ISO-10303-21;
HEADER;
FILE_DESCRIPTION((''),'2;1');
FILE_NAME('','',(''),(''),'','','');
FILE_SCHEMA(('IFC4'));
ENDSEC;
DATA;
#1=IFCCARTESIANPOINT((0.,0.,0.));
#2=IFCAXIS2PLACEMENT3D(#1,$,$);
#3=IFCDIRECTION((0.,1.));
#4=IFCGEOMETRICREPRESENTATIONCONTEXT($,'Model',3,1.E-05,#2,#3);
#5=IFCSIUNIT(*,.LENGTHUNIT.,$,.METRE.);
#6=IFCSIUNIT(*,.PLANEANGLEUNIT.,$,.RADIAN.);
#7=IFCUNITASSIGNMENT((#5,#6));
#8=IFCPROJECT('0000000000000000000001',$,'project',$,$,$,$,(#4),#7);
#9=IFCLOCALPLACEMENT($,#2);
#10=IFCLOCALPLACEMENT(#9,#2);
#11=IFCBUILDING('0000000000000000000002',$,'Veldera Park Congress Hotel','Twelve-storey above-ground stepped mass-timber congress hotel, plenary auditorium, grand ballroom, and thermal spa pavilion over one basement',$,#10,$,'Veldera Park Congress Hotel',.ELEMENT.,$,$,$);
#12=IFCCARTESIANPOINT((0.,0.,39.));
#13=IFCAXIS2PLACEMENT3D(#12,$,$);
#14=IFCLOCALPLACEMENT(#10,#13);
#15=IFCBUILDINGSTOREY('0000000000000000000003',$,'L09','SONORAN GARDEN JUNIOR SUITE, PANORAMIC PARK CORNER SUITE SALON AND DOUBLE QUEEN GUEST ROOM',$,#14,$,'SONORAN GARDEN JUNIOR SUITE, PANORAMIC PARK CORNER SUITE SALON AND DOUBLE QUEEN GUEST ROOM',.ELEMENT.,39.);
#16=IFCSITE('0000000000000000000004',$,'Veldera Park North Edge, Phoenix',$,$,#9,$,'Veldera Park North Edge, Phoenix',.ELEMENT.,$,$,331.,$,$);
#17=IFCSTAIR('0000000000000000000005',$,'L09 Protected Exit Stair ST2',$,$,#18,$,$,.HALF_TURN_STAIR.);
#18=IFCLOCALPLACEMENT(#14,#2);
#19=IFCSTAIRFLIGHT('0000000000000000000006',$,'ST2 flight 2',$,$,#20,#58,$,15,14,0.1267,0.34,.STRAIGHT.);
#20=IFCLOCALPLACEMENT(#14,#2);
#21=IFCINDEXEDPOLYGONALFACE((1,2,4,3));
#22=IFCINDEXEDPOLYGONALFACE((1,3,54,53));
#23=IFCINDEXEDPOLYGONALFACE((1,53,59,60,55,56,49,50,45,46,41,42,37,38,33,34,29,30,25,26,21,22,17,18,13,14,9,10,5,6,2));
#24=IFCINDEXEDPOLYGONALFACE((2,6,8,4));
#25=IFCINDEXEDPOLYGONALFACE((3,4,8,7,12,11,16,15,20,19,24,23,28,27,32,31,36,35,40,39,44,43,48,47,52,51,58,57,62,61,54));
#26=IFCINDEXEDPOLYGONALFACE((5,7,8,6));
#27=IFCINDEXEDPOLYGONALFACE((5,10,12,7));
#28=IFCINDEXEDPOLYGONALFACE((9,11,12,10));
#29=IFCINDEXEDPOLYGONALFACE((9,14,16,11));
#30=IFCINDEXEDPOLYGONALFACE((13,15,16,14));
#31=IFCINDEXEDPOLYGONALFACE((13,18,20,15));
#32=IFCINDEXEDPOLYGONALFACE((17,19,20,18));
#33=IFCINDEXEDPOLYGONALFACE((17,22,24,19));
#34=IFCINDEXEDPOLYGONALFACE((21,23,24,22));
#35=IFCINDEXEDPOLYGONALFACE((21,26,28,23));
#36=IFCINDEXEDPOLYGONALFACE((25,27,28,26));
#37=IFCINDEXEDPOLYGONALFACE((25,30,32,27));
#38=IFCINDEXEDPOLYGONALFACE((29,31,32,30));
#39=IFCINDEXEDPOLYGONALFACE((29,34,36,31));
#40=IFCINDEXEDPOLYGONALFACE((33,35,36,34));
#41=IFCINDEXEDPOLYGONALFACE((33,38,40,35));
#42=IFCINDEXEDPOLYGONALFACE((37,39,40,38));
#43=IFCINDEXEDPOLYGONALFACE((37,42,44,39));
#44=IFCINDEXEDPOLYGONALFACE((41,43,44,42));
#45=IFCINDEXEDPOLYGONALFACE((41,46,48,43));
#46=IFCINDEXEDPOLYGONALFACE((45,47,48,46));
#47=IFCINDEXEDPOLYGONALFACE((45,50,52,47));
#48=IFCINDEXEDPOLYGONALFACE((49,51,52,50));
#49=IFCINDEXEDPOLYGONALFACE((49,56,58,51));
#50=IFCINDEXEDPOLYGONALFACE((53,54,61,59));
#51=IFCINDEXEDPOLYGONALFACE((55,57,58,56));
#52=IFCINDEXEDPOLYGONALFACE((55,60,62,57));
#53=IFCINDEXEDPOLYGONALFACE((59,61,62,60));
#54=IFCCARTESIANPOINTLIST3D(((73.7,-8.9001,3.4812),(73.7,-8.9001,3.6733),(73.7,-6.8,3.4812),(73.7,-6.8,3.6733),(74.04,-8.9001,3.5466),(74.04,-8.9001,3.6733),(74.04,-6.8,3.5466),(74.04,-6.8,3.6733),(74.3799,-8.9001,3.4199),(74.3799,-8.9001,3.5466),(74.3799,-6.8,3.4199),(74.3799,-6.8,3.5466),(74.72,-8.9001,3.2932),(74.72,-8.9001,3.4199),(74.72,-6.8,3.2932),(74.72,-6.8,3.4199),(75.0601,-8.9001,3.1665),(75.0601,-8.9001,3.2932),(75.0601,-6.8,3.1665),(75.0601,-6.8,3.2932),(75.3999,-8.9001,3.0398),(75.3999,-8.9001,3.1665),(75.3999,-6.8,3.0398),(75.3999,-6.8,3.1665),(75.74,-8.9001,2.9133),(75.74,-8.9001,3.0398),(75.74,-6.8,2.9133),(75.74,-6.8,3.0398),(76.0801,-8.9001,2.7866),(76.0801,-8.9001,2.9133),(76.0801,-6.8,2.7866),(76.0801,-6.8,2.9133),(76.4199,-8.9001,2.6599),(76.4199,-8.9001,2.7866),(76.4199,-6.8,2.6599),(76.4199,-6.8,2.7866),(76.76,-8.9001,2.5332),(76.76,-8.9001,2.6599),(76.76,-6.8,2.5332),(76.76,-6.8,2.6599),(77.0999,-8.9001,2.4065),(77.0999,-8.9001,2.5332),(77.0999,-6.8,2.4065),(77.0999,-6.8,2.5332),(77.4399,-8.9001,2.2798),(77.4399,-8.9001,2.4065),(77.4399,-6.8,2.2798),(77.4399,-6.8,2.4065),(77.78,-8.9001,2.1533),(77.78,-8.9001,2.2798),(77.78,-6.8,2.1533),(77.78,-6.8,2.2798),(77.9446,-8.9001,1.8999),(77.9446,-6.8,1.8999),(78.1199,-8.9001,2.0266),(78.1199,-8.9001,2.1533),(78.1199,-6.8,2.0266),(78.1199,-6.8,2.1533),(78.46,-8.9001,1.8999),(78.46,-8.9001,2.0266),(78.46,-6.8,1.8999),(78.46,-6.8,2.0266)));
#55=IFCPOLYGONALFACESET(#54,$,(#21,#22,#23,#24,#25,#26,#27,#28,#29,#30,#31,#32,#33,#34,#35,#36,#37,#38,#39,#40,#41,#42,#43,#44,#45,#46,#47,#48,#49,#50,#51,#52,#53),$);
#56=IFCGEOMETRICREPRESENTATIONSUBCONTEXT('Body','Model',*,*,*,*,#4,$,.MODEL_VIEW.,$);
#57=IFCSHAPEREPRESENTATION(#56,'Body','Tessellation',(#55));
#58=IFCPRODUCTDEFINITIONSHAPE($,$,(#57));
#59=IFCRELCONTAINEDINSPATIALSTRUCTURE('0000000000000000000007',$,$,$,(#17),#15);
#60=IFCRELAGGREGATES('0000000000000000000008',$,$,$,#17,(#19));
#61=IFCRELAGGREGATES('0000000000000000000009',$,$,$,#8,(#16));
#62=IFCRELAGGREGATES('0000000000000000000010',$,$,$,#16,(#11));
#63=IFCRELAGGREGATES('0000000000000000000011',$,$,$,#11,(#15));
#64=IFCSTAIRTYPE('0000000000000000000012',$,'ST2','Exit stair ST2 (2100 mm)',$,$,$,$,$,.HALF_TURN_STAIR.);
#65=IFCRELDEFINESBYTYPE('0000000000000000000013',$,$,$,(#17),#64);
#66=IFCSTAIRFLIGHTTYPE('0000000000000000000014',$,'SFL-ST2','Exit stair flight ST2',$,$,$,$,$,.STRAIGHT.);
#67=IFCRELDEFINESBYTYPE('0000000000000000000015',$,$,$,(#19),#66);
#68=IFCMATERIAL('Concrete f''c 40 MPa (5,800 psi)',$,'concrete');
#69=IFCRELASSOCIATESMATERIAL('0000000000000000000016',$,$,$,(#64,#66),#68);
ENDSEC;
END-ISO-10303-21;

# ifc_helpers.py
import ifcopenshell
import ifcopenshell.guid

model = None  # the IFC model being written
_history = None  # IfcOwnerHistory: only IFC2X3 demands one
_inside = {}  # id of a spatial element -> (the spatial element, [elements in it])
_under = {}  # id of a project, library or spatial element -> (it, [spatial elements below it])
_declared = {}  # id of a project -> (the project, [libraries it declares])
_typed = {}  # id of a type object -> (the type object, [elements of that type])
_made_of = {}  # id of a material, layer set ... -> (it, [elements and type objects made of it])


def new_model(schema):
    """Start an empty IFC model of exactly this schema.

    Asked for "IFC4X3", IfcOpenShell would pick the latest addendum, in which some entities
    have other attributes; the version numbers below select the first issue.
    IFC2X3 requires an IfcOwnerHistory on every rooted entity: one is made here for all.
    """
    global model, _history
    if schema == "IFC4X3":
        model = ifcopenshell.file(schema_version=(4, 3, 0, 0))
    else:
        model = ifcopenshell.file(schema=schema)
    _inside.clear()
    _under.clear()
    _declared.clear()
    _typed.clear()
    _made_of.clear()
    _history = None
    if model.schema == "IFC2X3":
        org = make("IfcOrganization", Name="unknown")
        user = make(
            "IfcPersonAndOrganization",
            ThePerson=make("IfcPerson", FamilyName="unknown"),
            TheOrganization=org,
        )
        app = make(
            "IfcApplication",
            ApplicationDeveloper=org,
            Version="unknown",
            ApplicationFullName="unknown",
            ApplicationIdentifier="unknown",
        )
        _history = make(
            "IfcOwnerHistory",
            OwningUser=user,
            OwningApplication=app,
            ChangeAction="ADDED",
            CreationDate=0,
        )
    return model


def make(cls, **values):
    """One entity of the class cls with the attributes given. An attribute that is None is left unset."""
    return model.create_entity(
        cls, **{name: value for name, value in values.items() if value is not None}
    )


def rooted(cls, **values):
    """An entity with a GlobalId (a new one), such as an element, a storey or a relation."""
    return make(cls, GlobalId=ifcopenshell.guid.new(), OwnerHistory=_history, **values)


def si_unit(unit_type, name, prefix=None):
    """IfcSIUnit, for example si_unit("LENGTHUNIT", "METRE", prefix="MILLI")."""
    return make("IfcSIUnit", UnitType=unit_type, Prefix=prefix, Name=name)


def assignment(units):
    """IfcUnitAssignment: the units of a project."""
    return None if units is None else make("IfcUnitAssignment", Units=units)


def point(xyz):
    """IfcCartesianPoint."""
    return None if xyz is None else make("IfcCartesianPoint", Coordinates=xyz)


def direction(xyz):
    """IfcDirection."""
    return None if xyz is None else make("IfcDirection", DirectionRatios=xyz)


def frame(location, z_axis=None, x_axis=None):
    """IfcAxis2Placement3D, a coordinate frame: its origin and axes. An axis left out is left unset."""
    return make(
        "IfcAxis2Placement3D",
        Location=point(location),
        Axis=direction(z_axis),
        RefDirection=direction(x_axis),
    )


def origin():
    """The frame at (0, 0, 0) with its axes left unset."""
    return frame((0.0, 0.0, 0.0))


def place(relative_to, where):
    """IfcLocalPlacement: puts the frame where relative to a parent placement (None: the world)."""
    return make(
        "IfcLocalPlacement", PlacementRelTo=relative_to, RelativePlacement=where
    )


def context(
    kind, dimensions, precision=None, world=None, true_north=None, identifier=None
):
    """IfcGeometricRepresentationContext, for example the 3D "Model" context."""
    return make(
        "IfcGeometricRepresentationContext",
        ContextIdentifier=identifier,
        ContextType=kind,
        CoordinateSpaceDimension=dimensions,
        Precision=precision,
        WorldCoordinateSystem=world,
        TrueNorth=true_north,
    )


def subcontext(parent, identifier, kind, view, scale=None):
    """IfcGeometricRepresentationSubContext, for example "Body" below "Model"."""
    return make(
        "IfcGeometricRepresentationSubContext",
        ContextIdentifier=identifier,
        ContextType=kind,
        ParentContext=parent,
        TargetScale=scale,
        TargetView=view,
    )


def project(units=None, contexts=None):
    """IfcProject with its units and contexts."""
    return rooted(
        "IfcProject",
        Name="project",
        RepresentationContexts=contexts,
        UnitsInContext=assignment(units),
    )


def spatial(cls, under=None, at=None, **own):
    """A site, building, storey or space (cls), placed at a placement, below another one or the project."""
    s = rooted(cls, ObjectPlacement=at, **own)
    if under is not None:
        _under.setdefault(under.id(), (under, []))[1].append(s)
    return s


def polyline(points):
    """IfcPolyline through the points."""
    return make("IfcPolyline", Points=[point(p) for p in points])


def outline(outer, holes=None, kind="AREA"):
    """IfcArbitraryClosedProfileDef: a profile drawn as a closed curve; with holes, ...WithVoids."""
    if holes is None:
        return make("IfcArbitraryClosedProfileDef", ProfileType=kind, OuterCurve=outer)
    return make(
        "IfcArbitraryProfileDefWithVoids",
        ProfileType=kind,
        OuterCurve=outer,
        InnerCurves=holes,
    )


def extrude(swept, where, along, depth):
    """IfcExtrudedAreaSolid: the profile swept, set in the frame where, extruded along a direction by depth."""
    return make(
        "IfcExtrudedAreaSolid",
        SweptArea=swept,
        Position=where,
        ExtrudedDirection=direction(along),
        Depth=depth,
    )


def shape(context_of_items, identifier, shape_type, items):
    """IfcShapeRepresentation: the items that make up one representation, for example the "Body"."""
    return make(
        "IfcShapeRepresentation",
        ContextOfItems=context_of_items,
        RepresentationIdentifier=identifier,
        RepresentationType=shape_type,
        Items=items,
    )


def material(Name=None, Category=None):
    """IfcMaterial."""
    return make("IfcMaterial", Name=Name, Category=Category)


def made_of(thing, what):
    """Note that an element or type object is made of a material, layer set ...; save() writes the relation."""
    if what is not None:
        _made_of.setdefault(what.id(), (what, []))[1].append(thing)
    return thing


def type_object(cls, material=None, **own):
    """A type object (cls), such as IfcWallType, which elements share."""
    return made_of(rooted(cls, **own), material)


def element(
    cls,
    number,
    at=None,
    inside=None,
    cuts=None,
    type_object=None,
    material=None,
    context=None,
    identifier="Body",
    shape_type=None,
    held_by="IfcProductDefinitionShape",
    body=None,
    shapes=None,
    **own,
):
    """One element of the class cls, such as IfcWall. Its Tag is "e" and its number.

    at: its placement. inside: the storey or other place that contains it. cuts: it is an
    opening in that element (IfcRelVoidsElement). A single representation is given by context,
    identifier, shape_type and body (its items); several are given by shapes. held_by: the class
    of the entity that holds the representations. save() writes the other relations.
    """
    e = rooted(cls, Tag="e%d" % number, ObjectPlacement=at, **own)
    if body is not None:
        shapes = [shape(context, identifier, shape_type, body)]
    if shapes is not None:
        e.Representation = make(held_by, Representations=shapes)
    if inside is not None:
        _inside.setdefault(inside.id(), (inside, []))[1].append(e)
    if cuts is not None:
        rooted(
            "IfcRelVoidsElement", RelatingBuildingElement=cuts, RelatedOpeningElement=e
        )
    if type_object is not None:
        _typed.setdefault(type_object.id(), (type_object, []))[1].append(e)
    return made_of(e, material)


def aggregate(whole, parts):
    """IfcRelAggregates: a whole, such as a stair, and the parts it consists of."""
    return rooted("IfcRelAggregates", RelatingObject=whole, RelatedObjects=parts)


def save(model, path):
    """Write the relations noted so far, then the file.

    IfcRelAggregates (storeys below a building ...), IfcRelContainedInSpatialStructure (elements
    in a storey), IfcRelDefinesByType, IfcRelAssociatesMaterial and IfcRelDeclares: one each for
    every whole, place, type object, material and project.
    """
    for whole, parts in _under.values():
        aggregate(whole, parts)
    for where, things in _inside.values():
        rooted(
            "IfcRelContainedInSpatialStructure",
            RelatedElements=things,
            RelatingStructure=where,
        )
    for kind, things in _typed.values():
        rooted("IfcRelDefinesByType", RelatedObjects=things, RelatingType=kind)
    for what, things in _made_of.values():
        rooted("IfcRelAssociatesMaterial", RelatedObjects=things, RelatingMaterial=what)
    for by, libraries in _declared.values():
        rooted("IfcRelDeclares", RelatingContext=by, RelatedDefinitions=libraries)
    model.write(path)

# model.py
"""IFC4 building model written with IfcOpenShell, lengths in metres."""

from ifc_helpers import new_model, si_unit, direction, frame, origin, place, context, subcontext, project, spatial, polyline, outline, extrude, material, type_object, element, aggregate, save


model = new_model("IFC4")

# Units and contexts
model_context = context("Model", 3, precision=1e-05, world=origin(), true_north=direction((0.0, 1.0)))
body_context = subcontext(model_context, "Body", "Model", "MODEL_VIEW")
ifc_project = project(units=[si_unit("LENGTHUNIT", "METRE"), si_unit("PLANEANGLEUNIT", "RADIAN")], contexts=[model_context])

# Site, building, storey
site_placement = place(None, origin())
site = spatial("IfcSite", under=ifc_project, at=site_placement, Name="Veldera Park North Edge, Phoenix", LongName="Veldera Park North Edge, Phoenix", CompositionType="ELEMENT", RefElevation=331.0)
building_placement = place(site_placement, origin())
building = spatial("IfcBuilding", under=site, at=building_placement, Name="Veldera Park Congress Hotel", Description="Twelve-storey above-ground stepped mass-timber congress hotel, plenary auditorium, grand ballroom, and thermal spa pavilion over one basement", LongName="Veldera Park Congress Hotel", CompositionType="ELEMENT")
storey_placement = place(building_placement, frame((0.0, 0.0, 39.0)))
storey = spatial("IfcBuildingStorey", under=building, at=storey_placement, Name="L09", Description="SONORAN GARDEN JUNIOR SUITE, PANORAMIC PARK CORNER SUITE SALON AND DOUBLE QUEEN GUEST ROOM", LongName="SONORAN GARDEN JUNIOR SUITE, PANORAMIC PARK CORNER SUITE SALON AND DOUBLE QUEEN GUEST ROOM", CompositionType="ELEMENT", Elevation=39.0)

# Shared definitions
ifc_material_1 = material(Name="Concrete f'c 40 MPa (5,800 psi)", Category="concrete")

# Stair, stair flight
stair_type = type_object("IfcStairType", Name="ST2", Description="Exit stair ST2 (2100 mm)", PredefinedType="HALF_TURN_STAIR", material=ifc_material_1)
stair_placement = place(storey_placement, origin())
stair = element("IfcStair", 1, at=stair_placement, inside=storey, type_object=stair_type, Name="L09 Protected Exit Stair ST2", PredefinedType="HALF_TURN_STAIR")
stair_flight_type = type_object("IfcStairFlightType", Name="SFL-ST2", Description="Exit stair flight ST2", PredefinedType="STRAIGHT", material=ifc_material_1)
stair_flight_1_placement = place(storey_placement, frame((78.46, -7.8501, 1.8999), z_axis=(0.0, 0.0, 1.0), x_axis=(-1.0, 0.0, 0.0)))
stair_flight_1 = element("IfcStairFlight", 2, at=stair_flight_1_placement, type_object=stair_flight_type, Name="ST2 flight 2", NumberOfRisers=15, NumberOfTreads=14, PredefinedType="STRAIGHT", RiserHeight=0.1267, TreadLength=0.34, context=body_context, shape_type="SweptSolid", body=[
    extrude(outline(polyline([(0.0, 0.0), (0.0, 0.1267), (0.3401, 0.1267), (0.3401, 0.2534), (0.6799, 0.2534), (0.6799, 0.3799), (1.02, 0.3799), (1.02, 0.5066), (1.3601, 0.5066), (1.3601, 0.6333), (1.7, 0.6333), (1.7, 0.76), (2.04, 0.76), (2.04, 0.8867), (2.3799, 0.8867), (2.3799, 1.0134), (2.72, 1.0134), (2.72, 1.1399), (3.0601, 1.1399), (3.0601, 1.2666), (3.3999, 1.2666), (3.3999, 1.3933), (3.74, 1.3933), (3.74, 1.52), (4.0801, 1.52), (4.0801, 1.6467), (4.4199, 1.6467), (4.4199, 1.7734), (4.76, 1.7734), (4.76, 1.8999), (4.76, 1.8999), (4.76, 1.5813), (0.5154, 0.0), (0.0, 0.0)])), frame((0.0, 1.05, 0.0), z_axis=(0.0, -1.0, 0.0), x_axis=(1.0, 0.0, 0.0)), (0.0, 0.0, 1.0), 2.1001),
])
aggregate(stair, [stair_flight_1])

save(model, "model.ifc")
